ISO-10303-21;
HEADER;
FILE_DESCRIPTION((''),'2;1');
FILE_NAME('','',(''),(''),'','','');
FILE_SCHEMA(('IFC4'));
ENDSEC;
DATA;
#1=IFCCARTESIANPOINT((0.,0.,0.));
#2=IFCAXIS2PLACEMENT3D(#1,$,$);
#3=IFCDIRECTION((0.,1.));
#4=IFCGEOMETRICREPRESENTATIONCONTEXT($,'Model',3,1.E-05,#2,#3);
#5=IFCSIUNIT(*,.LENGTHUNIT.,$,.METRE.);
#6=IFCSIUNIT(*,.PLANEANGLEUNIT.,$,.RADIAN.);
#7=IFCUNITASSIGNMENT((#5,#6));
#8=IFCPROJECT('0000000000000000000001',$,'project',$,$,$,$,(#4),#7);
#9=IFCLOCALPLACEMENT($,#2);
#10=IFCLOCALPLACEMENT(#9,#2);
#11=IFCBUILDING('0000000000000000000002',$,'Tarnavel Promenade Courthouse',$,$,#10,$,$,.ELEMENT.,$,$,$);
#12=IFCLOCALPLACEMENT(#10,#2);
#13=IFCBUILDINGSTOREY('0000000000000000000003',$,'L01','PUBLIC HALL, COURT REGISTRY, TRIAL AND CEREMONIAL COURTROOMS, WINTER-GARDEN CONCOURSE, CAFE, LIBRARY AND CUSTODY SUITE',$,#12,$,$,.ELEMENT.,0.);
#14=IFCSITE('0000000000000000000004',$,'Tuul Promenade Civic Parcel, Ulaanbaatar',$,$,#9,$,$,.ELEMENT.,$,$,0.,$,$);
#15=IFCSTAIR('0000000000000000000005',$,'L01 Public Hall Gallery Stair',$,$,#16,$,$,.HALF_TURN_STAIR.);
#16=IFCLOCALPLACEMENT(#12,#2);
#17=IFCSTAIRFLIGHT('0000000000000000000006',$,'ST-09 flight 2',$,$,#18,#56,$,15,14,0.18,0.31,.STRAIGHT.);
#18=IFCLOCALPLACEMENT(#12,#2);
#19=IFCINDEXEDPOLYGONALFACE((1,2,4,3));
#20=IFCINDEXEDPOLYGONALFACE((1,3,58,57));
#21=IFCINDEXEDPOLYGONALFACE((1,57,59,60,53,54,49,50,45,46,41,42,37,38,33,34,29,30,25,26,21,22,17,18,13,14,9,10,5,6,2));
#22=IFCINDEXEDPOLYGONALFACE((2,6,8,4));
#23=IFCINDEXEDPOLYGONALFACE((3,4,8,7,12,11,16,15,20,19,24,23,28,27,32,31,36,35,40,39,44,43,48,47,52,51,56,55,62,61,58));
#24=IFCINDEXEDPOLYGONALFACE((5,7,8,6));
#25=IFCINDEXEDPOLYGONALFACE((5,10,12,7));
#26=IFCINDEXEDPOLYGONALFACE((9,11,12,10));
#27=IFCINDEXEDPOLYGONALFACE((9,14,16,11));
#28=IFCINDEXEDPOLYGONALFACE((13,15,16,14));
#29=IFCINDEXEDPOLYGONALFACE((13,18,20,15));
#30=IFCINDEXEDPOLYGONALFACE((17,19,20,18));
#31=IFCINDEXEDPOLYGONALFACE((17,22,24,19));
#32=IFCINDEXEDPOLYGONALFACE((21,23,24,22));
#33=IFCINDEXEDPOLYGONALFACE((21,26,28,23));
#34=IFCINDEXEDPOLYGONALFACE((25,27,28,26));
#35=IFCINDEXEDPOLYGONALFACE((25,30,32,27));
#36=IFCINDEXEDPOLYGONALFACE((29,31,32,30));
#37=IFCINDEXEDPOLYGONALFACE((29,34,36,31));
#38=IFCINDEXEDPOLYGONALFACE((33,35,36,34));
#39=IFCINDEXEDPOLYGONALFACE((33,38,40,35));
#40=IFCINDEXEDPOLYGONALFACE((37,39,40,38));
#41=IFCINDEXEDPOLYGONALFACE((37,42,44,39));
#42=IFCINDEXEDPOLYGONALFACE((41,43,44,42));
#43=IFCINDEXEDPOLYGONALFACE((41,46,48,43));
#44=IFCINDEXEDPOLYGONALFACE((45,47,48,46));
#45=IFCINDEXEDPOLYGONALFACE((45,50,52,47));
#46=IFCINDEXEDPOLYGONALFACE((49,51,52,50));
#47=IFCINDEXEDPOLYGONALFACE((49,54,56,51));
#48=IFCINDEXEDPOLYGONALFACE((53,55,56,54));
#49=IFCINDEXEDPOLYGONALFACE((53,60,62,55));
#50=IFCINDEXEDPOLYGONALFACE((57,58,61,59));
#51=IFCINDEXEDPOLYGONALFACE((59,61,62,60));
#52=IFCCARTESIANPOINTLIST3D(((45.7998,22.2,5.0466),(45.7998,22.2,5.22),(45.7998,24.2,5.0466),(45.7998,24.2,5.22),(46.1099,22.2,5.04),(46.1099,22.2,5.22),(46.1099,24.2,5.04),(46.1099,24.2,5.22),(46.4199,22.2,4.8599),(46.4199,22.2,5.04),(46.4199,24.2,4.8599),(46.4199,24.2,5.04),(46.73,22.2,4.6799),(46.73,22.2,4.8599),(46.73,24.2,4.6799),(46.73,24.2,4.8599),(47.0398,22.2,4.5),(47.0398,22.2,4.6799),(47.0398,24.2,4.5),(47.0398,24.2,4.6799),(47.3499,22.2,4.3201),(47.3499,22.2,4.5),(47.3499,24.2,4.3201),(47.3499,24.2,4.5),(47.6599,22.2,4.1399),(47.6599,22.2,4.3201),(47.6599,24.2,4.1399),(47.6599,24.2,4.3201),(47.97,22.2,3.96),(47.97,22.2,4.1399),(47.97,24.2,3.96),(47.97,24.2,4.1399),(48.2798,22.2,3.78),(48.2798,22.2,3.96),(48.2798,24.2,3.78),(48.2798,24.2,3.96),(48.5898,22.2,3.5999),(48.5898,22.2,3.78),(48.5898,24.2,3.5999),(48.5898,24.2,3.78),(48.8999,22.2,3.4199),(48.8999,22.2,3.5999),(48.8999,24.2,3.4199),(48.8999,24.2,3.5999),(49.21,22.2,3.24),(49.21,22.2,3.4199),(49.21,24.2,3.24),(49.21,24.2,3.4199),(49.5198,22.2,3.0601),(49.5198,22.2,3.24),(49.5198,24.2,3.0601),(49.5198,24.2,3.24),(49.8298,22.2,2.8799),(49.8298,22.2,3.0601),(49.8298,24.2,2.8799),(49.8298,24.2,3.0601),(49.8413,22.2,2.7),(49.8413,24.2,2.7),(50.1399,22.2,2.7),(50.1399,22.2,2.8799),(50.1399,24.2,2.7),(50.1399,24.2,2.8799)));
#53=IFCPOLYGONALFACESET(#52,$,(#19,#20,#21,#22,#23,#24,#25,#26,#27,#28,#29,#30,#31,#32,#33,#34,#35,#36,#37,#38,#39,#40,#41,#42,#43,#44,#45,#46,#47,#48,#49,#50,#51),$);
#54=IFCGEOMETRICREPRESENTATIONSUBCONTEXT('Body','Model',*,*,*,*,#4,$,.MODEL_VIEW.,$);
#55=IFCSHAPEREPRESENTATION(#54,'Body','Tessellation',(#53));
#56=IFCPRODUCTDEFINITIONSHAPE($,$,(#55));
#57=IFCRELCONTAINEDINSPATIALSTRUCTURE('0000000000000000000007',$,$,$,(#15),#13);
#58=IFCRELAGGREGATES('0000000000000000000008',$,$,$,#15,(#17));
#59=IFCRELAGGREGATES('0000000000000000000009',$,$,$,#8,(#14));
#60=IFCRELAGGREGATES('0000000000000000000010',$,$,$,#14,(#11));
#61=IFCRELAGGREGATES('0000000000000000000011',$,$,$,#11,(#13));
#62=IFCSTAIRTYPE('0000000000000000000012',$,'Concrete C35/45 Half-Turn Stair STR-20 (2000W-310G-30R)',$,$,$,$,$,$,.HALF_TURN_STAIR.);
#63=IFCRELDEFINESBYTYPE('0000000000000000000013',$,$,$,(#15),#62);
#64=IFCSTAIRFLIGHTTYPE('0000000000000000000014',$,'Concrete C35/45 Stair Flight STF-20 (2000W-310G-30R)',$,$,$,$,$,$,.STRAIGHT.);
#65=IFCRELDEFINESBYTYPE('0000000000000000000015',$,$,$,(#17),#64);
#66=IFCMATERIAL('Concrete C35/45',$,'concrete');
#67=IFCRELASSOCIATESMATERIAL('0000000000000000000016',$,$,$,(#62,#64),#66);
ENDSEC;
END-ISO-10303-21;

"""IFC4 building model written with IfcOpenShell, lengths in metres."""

from ifc_helpers import new_model, si_unit, direction, frame, origin, place, context, subcontext, project, spatial, polyline, outline, extrude, material, type_object, element, aggregate, save


model = new_model("IFC4")

# Units and contexts
model_context = context("Model", 3, precision=1e-05, world=origin(), true_north=direction((0.0, 1.0)))
body_context = subcontext(model_context, "Body", "Model", "MODEL_VIEW")
ifc_project = project(units=[si_unit("LENGTHUNIT", "METRE"), si_unit("PLANEANGLEUNIT", "RADIAN")], contexts=[model_context])

# Site, building, storey
site_placement = place(None, origin())
site = spatial("IfcSite", under=ifc_project, at=site_placement, Name="Tuul Promenade Civic Parcel, Ulaanbaatar", CompositionType="ELEMENT", RefElevation=0.0)
building_placement = place(site_placement, origin())
building = spatial("IfcBuilding", under=site, at=building_placement, Name="Tarnavel Promenade Courthouse", CompositionType="ELEMENT")
storey_placement = place(building_placement, origin())
storey = spatial("IfcBuildingStorey", under=building, at=storey_placement, Name="L01", Description="PUBLIC HALL, COURT REGISTRY, TRIAL AND CEREMONIAL COURTROOMS, WINTER-GARDEN CONCOURSE, CAFE, LIBRARY AND CUSTODY SUITE", CompositionType="ELEMENT", Elevation=0.0)

# Stair, stair flight
ifc_material_1 = material(Name="Concrete C35/45", Category="concrete")
stair_type = type_object("IfcStairType", Name="Concrete C35/45 Half-Turn Stair STR-20 (2000W-310G-30R)", PredefinedType="HALF_TURN_STAIR", material=ifc_material_1)
stair_placement = place(storey_placement, origin())
stair = element("IfcStair", 1, at=stair_placement, inside=storey, type_object=stair_type, Name="L01 Public Hall Gallery Stair", PredefinedType="HALF_TURN_STAIR")
stair_flight_type = type_object("IfcStairFlightType", Name="Concrete C35/45 Stair Flight STF-20 (2000W-310G-30R)", PredefinedType="STRAIGHT", material=ifc_material_1)
stair_flight_placement = place(storey_placement, frame((50.1399, 23.2, 2.7), z_axis=(0.0, 0.0, 1.0), x_axis=(-1.0, 0.0, 0.0)))
stair_flight = element("IfcStairFlight", 2, at=stair_flight_placement, type_object=stair_flight_type, Name="ST-09 flight 2", NumberOfRisers=15, NumberOfTreads=14, PredefinedType="STRAIGHT", RiserHeight=0.18, TreadLength=0.31, context=body_context, shape_type="SweptSolid", body=[
    extrude(outline(polyline([(0.0, 0.0), (0.0, 0.1799), (0.3101, 0.1799), (0.3101, 0.3601), (0.6201, 0.3601), (0.6201, 0.54), (0.9299, 0.54), (0.9299, 0.72), (1.24, 0.72), (1.24, 0.8999), (1.55, 0.8999), (1.55, 1.0801), (1.8601, 1.0801), (1.8601, 1.26), (2.1699, 1.26), (2.1699, 1.4399), (2.48, 1.4399), (2.48, 1.6201), (2.79, 1.6201), (2.79, 1.8), (3.1001, 1.8), (3.1001, 1.98), (3.4099, 1.98), (3.4099, 2.1599), (3.72, 2.1599), (3.72, 2.3401), (4.03, 2.3401), (4.03, 2.52), (4.3401, 2.52), (4.3401, 2.7), (4.3401, 2.3467), (0.2986, 0.0), (0.0, 0.0)])), frame((0.0, 1.0, 0.0), z_axis=(0.0, -1.0, 0.0), x_axis=(1.0, 0.0, 0.0)), (0.0, 0.0, 1.0), 2.0),
])
aggregate(stair, [stair_flight])

save(model, "model.ifc")
